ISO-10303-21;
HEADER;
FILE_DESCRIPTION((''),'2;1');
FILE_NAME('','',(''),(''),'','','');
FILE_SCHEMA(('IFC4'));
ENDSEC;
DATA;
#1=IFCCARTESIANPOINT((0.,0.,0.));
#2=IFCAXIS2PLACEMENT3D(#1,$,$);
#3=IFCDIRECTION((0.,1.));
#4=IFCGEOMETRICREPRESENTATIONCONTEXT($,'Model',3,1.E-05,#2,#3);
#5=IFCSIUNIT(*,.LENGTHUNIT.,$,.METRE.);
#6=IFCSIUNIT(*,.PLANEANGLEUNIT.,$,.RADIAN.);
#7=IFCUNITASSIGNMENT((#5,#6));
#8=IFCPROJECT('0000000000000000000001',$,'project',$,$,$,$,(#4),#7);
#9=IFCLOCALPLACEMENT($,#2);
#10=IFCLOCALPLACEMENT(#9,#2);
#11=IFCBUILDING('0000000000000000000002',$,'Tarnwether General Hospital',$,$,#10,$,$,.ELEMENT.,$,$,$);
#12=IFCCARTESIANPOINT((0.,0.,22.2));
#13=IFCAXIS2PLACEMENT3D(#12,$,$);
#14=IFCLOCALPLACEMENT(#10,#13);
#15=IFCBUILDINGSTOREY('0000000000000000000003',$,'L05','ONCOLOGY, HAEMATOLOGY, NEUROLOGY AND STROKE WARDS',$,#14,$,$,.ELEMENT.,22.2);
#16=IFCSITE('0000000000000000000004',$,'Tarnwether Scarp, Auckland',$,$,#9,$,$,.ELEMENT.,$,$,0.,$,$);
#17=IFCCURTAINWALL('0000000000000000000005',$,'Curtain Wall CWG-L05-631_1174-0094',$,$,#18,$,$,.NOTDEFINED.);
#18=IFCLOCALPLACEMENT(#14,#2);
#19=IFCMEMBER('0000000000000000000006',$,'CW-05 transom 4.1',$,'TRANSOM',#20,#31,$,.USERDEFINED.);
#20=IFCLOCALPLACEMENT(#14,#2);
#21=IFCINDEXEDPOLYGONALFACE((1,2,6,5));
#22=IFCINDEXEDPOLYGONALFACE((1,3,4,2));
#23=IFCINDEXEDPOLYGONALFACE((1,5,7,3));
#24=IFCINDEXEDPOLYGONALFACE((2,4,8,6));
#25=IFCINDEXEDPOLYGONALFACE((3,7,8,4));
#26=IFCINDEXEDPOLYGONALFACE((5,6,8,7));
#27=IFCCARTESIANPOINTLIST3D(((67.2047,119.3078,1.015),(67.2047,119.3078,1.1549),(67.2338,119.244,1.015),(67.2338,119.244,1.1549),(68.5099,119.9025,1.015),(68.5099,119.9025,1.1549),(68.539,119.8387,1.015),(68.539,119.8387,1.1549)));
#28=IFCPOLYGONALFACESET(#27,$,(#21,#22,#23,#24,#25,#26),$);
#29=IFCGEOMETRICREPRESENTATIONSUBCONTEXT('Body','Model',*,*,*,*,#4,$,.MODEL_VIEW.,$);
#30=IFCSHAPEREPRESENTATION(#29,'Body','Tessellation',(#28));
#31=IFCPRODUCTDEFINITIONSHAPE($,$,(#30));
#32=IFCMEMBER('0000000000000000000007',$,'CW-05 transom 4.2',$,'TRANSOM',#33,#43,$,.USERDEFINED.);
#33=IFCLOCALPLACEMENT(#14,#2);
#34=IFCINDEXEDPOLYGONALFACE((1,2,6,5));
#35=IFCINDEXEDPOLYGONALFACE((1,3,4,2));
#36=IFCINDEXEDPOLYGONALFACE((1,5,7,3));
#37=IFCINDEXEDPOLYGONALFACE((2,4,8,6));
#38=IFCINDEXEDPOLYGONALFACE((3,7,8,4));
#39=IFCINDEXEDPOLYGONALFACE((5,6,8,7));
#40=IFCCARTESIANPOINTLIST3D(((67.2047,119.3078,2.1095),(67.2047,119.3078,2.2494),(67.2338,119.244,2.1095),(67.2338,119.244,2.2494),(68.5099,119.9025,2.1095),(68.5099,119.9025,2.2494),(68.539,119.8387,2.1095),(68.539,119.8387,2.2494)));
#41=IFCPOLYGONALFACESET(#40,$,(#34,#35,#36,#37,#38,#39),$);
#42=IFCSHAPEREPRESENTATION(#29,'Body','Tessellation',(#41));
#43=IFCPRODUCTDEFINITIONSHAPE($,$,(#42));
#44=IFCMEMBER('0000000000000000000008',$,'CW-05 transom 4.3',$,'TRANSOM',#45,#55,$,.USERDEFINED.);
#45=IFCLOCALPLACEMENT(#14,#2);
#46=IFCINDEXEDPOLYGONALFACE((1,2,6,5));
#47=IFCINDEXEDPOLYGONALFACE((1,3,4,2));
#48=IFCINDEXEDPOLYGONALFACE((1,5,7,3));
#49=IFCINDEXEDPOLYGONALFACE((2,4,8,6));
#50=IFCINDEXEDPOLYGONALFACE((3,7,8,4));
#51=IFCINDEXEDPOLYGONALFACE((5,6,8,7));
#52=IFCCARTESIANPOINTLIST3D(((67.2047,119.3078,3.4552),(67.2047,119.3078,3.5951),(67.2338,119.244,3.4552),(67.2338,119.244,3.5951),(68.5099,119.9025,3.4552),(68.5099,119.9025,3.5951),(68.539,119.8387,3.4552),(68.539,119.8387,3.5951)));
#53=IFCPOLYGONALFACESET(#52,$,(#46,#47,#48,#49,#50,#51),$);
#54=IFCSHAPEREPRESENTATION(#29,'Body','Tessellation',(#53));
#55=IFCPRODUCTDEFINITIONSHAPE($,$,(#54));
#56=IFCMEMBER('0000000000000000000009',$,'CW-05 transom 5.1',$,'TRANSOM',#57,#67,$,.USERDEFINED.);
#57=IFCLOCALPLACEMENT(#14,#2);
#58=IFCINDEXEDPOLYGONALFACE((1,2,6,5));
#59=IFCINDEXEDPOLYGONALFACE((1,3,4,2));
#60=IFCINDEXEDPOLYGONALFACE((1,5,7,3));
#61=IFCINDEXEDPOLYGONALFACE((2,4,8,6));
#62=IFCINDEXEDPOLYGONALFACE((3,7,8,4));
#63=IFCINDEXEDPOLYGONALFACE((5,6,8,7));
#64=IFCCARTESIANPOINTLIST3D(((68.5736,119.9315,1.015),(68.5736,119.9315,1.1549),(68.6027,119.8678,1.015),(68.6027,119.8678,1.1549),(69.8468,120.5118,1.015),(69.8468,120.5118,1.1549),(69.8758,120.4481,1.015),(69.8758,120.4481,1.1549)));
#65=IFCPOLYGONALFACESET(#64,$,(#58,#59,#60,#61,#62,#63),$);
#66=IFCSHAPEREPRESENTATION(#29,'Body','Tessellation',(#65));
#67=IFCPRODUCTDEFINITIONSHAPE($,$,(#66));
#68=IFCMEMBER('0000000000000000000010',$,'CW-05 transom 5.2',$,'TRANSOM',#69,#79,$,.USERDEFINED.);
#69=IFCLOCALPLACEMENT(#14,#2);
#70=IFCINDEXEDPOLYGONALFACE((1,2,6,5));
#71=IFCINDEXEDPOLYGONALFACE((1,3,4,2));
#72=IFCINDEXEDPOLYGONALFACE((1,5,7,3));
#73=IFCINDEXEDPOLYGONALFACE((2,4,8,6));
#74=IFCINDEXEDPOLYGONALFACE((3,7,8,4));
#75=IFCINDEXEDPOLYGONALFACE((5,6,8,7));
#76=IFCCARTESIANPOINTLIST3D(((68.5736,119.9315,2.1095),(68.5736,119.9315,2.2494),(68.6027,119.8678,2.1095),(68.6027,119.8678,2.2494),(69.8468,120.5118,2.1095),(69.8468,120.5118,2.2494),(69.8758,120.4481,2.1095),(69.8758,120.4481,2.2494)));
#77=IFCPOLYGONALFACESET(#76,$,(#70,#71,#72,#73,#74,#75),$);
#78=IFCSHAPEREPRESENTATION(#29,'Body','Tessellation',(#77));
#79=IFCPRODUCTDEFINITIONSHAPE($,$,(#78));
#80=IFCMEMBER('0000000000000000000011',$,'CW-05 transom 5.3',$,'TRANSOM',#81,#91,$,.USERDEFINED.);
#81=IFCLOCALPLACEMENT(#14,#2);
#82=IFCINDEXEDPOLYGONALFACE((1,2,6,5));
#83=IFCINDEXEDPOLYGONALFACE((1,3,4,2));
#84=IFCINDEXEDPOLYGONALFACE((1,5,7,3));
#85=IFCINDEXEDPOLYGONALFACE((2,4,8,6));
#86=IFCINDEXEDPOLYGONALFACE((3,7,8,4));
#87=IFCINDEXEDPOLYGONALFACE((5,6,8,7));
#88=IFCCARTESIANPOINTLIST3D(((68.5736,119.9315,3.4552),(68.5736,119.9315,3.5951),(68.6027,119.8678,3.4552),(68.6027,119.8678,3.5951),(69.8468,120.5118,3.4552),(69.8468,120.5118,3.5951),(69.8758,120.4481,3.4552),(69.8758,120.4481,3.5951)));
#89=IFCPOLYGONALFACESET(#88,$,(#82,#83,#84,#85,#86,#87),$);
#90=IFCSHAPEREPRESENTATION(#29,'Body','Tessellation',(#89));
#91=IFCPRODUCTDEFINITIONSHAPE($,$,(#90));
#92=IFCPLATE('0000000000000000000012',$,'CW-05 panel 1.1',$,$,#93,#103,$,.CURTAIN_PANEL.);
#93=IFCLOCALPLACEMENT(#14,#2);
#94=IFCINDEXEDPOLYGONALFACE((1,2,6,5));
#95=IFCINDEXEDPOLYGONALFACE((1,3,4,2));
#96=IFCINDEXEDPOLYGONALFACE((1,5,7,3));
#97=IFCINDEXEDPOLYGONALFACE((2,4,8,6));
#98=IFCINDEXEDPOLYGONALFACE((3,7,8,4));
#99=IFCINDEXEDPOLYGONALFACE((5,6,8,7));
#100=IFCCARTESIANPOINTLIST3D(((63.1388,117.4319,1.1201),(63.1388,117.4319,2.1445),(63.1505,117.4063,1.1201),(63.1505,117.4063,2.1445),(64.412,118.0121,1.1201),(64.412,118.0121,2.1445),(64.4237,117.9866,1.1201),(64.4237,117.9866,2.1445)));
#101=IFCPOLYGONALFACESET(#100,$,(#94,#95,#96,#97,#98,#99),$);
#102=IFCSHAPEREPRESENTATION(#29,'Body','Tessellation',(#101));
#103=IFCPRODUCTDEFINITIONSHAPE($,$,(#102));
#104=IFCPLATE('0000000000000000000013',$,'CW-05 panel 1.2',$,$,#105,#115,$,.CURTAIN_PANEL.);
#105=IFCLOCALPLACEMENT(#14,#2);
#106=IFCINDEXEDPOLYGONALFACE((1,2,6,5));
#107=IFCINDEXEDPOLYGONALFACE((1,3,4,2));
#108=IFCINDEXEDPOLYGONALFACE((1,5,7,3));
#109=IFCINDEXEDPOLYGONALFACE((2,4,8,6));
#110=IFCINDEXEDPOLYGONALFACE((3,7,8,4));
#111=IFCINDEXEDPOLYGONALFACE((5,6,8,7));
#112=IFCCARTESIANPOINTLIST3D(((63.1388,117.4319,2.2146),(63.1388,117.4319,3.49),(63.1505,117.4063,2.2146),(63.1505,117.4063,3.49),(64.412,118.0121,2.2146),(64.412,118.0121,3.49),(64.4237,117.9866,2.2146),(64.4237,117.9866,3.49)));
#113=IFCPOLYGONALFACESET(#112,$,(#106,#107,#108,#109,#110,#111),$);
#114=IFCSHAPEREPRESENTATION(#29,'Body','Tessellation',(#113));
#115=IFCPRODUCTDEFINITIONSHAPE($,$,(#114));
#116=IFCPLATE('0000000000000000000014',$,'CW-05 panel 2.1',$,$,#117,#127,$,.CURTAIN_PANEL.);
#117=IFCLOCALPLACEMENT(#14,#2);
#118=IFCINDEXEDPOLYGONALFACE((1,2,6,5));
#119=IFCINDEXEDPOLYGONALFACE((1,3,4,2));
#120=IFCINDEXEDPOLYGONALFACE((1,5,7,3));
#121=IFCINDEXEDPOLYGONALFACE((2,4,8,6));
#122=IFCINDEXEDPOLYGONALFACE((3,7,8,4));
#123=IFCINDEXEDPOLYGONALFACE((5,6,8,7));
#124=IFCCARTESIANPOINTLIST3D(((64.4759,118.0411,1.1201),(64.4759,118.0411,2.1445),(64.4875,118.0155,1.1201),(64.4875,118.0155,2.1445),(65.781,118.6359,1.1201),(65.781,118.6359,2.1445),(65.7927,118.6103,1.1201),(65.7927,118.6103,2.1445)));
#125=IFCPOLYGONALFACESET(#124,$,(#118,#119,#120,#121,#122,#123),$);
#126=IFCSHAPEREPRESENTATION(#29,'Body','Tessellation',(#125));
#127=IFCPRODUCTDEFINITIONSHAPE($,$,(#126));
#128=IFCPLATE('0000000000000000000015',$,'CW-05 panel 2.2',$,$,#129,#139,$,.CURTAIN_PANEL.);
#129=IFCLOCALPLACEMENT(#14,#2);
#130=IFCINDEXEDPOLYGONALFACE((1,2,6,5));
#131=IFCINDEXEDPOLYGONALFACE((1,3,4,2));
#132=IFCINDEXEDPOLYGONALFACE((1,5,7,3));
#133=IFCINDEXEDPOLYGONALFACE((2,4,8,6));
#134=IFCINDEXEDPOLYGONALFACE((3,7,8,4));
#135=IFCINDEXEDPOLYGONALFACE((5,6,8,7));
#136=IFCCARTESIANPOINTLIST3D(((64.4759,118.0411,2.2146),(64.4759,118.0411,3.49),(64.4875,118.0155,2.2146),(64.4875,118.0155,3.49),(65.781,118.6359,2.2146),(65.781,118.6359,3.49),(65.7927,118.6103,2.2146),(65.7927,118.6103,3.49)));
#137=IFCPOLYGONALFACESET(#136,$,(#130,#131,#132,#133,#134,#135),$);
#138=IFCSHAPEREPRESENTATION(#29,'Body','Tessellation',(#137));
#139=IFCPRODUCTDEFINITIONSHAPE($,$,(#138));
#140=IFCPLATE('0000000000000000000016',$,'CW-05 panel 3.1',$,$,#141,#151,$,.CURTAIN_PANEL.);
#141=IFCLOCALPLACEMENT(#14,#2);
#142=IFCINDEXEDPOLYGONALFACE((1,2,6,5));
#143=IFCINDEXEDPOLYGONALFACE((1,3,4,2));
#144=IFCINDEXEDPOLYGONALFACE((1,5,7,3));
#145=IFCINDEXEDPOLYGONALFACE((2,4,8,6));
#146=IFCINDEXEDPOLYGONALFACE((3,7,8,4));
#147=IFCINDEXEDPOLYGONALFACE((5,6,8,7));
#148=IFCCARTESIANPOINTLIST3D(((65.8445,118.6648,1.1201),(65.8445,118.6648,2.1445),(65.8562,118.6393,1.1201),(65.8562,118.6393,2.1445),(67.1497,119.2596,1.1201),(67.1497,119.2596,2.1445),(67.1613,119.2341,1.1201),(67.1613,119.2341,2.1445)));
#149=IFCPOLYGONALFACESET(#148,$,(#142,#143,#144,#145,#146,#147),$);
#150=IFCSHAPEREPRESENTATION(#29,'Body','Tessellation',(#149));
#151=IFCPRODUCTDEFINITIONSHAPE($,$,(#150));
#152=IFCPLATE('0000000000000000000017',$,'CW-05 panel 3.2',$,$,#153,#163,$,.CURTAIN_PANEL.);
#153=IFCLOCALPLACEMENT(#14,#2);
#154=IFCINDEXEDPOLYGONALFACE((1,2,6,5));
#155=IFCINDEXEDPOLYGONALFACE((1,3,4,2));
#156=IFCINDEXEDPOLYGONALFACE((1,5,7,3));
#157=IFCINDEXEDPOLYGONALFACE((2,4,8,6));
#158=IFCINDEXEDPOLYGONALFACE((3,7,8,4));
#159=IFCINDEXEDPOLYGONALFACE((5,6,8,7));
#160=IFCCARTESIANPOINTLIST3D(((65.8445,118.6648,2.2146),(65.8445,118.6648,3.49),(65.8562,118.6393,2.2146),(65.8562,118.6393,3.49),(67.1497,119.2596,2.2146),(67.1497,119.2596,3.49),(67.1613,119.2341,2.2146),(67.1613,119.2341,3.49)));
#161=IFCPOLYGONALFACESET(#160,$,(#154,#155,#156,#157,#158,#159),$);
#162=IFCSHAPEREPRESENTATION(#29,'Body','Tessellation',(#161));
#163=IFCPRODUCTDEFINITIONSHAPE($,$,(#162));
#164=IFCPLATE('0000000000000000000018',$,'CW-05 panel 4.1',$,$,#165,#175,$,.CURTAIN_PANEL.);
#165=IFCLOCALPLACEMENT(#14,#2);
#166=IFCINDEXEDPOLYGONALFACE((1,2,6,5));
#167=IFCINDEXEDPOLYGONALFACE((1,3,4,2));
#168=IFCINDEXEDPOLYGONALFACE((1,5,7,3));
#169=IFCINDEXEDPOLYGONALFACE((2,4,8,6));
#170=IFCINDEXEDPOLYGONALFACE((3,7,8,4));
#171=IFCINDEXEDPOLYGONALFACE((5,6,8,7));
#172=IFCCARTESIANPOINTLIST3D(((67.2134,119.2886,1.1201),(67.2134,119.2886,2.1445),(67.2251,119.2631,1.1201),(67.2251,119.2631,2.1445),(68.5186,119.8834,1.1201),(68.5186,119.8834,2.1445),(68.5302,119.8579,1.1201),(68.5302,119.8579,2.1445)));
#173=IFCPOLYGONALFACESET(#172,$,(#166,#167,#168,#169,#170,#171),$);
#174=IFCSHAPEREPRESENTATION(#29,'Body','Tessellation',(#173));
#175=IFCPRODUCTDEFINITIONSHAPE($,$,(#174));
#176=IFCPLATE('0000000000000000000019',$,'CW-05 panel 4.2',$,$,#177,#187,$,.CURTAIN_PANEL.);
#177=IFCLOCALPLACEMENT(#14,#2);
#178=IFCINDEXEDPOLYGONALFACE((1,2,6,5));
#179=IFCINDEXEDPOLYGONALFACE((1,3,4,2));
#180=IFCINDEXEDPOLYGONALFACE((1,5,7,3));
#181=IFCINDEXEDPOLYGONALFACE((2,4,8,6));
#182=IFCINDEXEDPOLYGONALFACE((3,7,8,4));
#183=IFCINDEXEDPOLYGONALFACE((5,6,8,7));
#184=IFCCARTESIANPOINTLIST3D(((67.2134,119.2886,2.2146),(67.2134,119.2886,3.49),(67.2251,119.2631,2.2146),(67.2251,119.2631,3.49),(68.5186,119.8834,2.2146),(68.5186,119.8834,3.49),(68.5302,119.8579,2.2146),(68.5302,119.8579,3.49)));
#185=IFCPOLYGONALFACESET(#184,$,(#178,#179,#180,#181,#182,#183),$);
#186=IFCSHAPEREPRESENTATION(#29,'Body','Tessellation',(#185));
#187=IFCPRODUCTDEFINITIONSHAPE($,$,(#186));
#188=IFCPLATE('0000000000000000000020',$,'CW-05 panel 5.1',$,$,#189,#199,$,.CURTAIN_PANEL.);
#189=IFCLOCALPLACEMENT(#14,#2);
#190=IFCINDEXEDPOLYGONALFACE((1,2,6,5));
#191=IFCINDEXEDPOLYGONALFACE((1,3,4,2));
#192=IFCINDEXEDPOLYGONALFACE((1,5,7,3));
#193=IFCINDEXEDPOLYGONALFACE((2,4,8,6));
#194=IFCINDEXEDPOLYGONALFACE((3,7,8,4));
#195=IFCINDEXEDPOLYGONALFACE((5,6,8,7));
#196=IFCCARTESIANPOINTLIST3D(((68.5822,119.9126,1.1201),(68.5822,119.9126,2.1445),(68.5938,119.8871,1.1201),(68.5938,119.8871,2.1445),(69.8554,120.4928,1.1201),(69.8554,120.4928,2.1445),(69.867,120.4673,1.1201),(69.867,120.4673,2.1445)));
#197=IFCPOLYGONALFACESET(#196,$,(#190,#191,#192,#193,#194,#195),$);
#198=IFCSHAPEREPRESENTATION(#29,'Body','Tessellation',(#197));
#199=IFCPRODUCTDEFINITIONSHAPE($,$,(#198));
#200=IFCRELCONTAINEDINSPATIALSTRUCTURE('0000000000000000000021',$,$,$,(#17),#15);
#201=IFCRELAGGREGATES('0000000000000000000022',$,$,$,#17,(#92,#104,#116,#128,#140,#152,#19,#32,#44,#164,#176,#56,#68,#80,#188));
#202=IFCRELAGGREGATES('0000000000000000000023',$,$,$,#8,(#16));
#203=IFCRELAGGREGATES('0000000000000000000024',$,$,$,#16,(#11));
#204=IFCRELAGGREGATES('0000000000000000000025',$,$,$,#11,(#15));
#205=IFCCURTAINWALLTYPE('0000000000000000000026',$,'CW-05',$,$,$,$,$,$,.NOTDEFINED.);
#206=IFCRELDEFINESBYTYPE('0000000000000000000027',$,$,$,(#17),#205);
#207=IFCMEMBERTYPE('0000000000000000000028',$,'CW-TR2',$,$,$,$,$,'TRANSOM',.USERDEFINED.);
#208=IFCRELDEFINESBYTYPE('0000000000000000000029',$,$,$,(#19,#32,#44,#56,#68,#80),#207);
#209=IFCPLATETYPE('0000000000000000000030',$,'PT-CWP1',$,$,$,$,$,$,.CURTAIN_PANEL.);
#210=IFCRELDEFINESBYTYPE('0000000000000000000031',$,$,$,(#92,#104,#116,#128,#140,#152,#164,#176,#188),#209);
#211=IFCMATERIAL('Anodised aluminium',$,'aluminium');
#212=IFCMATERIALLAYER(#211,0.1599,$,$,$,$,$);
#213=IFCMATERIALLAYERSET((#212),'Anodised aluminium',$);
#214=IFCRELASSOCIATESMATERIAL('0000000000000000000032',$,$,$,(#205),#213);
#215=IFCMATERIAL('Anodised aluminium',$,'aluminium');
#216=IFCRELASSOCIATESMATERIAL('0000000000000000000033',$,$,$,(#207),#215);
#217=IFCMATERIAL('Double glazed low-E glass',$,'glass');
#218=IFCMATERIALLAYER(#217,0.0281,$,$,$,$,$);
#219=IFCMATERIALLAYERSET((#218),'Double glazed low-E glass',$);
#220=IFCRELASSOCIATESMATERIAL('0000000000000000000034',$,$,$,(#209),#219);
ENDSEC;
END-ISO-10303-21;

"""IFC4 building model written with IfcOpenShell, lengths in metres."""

from ifc_helpers import new_model, si_unit, direction, frame, origin, origin_2d, place, context, subcontext, project, spatial, rectangle, extrude, material, layer, layer_set, material_profile, profile_set, type_object, element, aggregate, save


model = new_model("IFC4")

# Units and contexts
model_context = context("Model", 3, precision=1e-05, world=origin(), true_north=direction((0.0, 1.0)))
body_context = subcontext(model_context, "Body", "Model", "MODEL_VIEW")
ifc_project = project(units=[si_unit("LENGTHUNIT", "METRE"), si_unit("PLANEANGLEUNIT", "RADIAN")], contexts=[model_context])

# Site, building, storey
site_placement = place(None, origin())
site = spatial("IfcSite", under=ifc_project, at=site_placement, Name="Tarnwether Scarp, Auckland", CompositionType="ELEMENT", RefElevation=0.0)
building_placement = place(site_placement, origin())
building = spatial("IfcBuilding", under=site, at=building_placement, Name="Tarnwether General Hospital", CompositionType="ELEMENT")
storey_placement = place(building_placement, frame((0.0, 0.0, 22.2)))
storey = spatial("IfcBuildingStorey", under=building, at=storey_placement, Name="L05", Description="ONCOLOGY, HAEMATOLOGY, NEUROLOGY AND STROKE WARDS", CompositionType="ELEMENT", Elevation=22.2)

# Shared definitions
ifc_material_1 = material(Name="Anodised aluminium", Category="aluminium")
ifc_layer_1 = layer(ifc_material_1, 0.1599)
ifc_layer_set_1 = layer_set([ifc_layer_1], Name="Anodised aluminium")
curtain_wall_type = type_object("IfcCurtainWallType", Name="CW-05", PredefinedType="NOTDEFINED", material=ifc_layer_set_1)

# Curtain wall
curtain_wall_1_placement = place(storey_placement, origin())
curtain_wall_1 = element("IfcCurtainWall", 1, at=curtain_wall_1_placement, inside=storey, type_object=curtain_wall_type, Name="Curtain Wall CWG-L05-631_1174-0094", PredefinedType="NOTDEFINED")

# Members
ifc_material_2 = material(Name="Anodised aluminium", Category="aluminium")
ifc_material_profile_1 = material_profile(ifc_material_2, rectangle(XDim=0.0701, YDim=0.1399, at=origin_2d()), Name="ALU-TRN-70x140")
ifc_profile_set_1 = profile_set([ifc_material_profile_1], Name="Anodised aluminium")
member_type_1 = type_object("IfcMemberType", Name="CW-TR2", ElementType="TRANSOM", PredefinedType="USERDEFINED", material=ifc_profile_set_1)
member_1_placement = place(storey_placement, frame((67.2192, 119.2759, 1.085), z_axis=(0.909981, 0.414649, 0.0), x_axis=(-0.414649, 0.909981, 0.0)))
member_1 = element("IfcMember", 2, at=member_1_placement, type_object=member_type_1, Name="CW-05 transom 4.1", ObjectType="TRANSOM", PredefinedType="USERDEFINED", context=body_context, shape_type="SweptSolid", body=[
    extrude(rectangle(XDim=0.0701, YDim=0.1399, at=origin_2d()), origin(), (0.0, 0.0, 1.0), 1.4343),
])
member_2_placement = place(storey_placement, frame((67.2192, 119.2759, 2.1794), z_axis=(0.909981, 0.414649, 0.0), x_axis=(-0.414649, 0.909981, 0.0)))
member_2 = element("IfcMember", 3, at=member_2_placement, type_object=member_type_1, Name="CW-05 transom 4.2", ObjectType="TRANSOM", PredefinedType="USERDEFINED", context=body_context, shape_type="SweptSolid", body=[
    extrude(rectangle(XDim=0.0701, YDim=0.1399, at=origin_2d()), origin(), (0.0, 0.0, 1.0), 1.4343),
])
member_3_placement = place(storey_placement, frame((67.2192, 119.2759, 3.5251), z_axis=(0.909981, 0.414649, 0.0), x_axis=(-0.414649, 0.909981, 0.0)))
member_3 = element("IfcMember", 4, at=member_3_placement, type_object=member_type_1, Name="CW-05 transom 4.3", ObjectType="TRANSOM", PredefinedType="USERDEFINED", context=body_context, shape_type="SweptSolid", body=[
    extrude(rectangle(XDim=0.0701, YDim=0.1399, at=origin_2d()), origin(), (0.0, 0.0, 1.0), 1.4343),
])
member_4_placement = place(storey_placement, frame((68.5881, 119.8997, 1.085), z_axis=(0.909936, 0.414749, 0.0), x_axis=(-0.414749, 0.909936, 0.0)))
member_4 = element("IfcMember", 5, at=member_4_placement, type_object=member_type_1, Name="CW-05 transom 5.1", ObjectType="TRANSOM", PredefinedType="USERDEFINED", context=body_context, shape_type="SweptSolid", body=[
    extrude(rectangle(XDim=0.0701, YDim=0.1399, at=origin_2d()), origin(), (0.0, 0.0, 1.0), 1.3992),
])
member_5_placement = place(storey_placement, frame((68.5881, 119.8997, 2.1794), z_axis=(0.909936, 0.414749, 0.0), x_axis=(-0.414749, 0.909936, 0.0)))
member_5 = element("IfcMember", 6, at=member_5_placement, type_object=member_type_1, Name="CW-05 transom 5.2", ObjectType="TRANSOM", PredefinedType="USERDEFINED", context=body_context, shape_type="SweptSolid", body=[
    extrude(rectangle(XDim=0.0701, YDim=0.1399, at=origin_2d()), origin(), (0.0, 0.0, 1.0), 1.3992),
])
member_6_placement = place(storey_placement, frame((68.5881, 119.8997, 3.5251), z_axis=(0.909936, 0.414749, 0.0), x_axis=(-0.414749, 0.909936, 0.0)))
member_6 = element("IfcMember", 7, at=member_6_placement, type_object=member_type_1, Name="CW-05 transom 5.3", ObjectType="TRANSOM", PredefinedType="USERDEFINED", context=body_context, shape_type="SweptSolid", body=[
    extrude(rectangle(XDim=0.0701, YDim=0.1399, at=origin_2d()), origin(), (0.0, 0.0, 1.0), 1.3992),
])

# Plates
ifc_material_3 = material(Name="Double glazed low-E glass", Category="glass")
ifc_layer_2 = layer(ifc_material_3, 0.0281)
ifc_layer_set_2 = layer_set([ifc_layer_2], Name="Double glazed low-E glass")
plate_type = type_object("IfcPlateType", Name="PT-CWP1", PredefinedType="CURTAIN_PANEL", material=ifc_layer_set_2)
plate_1_placement = place(storey_placement, frame((63.7812, 117.7092, 1.1201), z_axis=(0.0, 0.0, 1.0), x_axis=(0.909961, 0.414694, 0.0)))
plate_1 = element("IfcPlate", 8, at=plate_1_placement, type_object=plate_type, Name="CW-05 panel 1.1", PredefinedType="CURTAIN_PANEL", context=body_context, shape_type="SweptSolid", body=[
    extrude(rectangle(XDim=1.3992, YDim=0.0281, at=origin_2d()), origin(), (0.0, 0.0, 1.0), 1.0244),
])
plate_2_placement = place(storey_placement, frame((63.7812, 117.7092, 2.2146), z_axis=(0.0, 0.0, 1.0), x_axis=(0.909961, 0.414694, 0.0)))
plate_2 = element("IfcPlate", 9, at=plate_2_placement, type_object=plate_type, Name="CW-05 panel 1.2", PredefinedType="CURTAIN_PANEL", context=body_context, shape_type="SweptSolid", body=[
    extrude(rectangle(XDim=1.3992, YDim=0.0281, at=origin_2d()), origin(), (0.0, 0.0, 1.0), 1.2754),
])
plate_3_placement = place(storey_placement, frame((65.1343, 118.3257, 1.1201), z_axis=(0.0, 0.0, 1.0), x_axis=(0.909961, 0.414694, 0.0)))
plate_3 = element("IfcPlate", 10, at=plate_3_placement, type_object=plate_type, Name="CW-05 panel 2.1", PredefinedType="CURTAIN_PANEL", context=body_context, shape_type="SweptSolid", body=[
    extrude(rectangle(XDim=1.4343, YDim=0.0281, at=origin_2d()), origin(), (0.0, 0.0, 1.0), 1.0244),
])
plate_4_placement = place(storey_placement, frame((65.1343, 118.3257, 2.2146), z_axis=(0.0, 0.0, 1.0), x_axis=(0.909961, 0.414694, 0.0)))
plate_4 = element("IfcPlate", 11, at=plate_4_placement, type_object=plate_type, Name="CW-05 panel 2.2", PredefinedType="CURTAIN_PANEL", context=body_context, shape_type="SweptSolid", body=[
    extrude(rectangle(XDim=1.4343, YDim=0.0281, at=origin_2d()), origin(), (0.0, 0.0, 1.0), 1.2754),
])
plate_5_placement = place(storey_placement, frame((66.5029, 118.9495, 1.1201), z_axis=(0.0, 0.0, 1.0), x_axis=(0.909961, 0.414694, 0.0)))
plate_5 = element("IfcPlate", 12, at=plate_5_placement, type_object=plate_type, Name="CW-05 panel 3.1", PredefinedType="CURTAIN_PANEL", context=body_context, shape_type="SweptSolid", body=[
    extrude(rectangle(XDim=1.4343, YDim=0.0281, at=origin_2d()), origin(), (0.0, 0.0, 1.0), 1.0244),
])
plate_6_placement = place(storey_placement, frame((66.5029, 118.9495, 2.2146), z_axis=(0.0, 0.0, 1.0), x_axis=(0.909961, 0.414694, 0.0)))
plate_6 = element("IfcPlate", 13, at=plate_6_placement, type_object=plate_type, Name="CW-05 panel 3.2", PredefinedType="CURTAIN_PANEL", context=body_context, shape_type="SweptSolid", body=[
    extrude(rectangle(XDim=1.4343, YDim=0.0281, at=origin_2d()), origin(), (0.0, 0.0, 1.0), 1.2754),
])
plate_7_placement = place(storey_placement, frame((67.8718, 119.5732, 1.1201), z_axis=(0.0, 0.0, 1.0), x_axis=(0.909961, 0.414694, 0.0)))
plate_7 = element("IfcPlate", 14, at=plate_7_placement, type_object=plate_type, Name="CW-05 panel 4.1", PredefinedType="CURTAIN_PANEL", context=body_context, shape_type="SweptSolid", body=[
    extrude(rectangle(XDim=1.4343, YDim=0.0281, at=origin_2d()), origin(), (0.0, 0.0, 1.0), 1.0244),
])
plate_8_placement = place(storey_placement, frame((67.8718, 119.5732, 2.2146), z_axis=(0.0, 0.0, 1.0), x_axis=(0.909961, 0.414694, 0.0)))
plate_8 = element("IfcPlate", 15, at=plate_8_placement, type_object=plate_type, Name="CW-05 panel 4.2", PredefinedType="CURTAIN_PANEL", context=body_context, shape_type="SweptSolid", body=[
    extrude(rectangle(XDim=1.4343, YDim=0.0281, at=origin_2d()), origin(), (0.0, 0.0, 1.0), 1.2754),
])
plate_9_placement = place(storey_placement, frame((69.2246, 120.1899, 1.1201), z_axis=(0.0, 0.0, 1.0), x_axis=(0.909961, 0.414694, 0.0)))
plate_9 = element("IfcPlate", 16, at=plate_9_placement, type_object=plate_type, Name="CW-05 panel 5.1", PredefinedType="CURTAIN_PANEL", context=body_context, shape_type="SweptSolid", body=[
    extrude(rectangle(XDim=1.3992, YDim=0.0281, at=origin_2d()), origin(), (0.0, 0.0, 1.0), 1.0244),
])
aggregate(curtain_wall_1, [plate_1, plate_2, plate_3, plate_4, plate_5, plate_6, member_1, member_2, member_3, plate_7, plate_8, member_4, member_5, member_6, plate_9])

save(model, "model.ifc")
